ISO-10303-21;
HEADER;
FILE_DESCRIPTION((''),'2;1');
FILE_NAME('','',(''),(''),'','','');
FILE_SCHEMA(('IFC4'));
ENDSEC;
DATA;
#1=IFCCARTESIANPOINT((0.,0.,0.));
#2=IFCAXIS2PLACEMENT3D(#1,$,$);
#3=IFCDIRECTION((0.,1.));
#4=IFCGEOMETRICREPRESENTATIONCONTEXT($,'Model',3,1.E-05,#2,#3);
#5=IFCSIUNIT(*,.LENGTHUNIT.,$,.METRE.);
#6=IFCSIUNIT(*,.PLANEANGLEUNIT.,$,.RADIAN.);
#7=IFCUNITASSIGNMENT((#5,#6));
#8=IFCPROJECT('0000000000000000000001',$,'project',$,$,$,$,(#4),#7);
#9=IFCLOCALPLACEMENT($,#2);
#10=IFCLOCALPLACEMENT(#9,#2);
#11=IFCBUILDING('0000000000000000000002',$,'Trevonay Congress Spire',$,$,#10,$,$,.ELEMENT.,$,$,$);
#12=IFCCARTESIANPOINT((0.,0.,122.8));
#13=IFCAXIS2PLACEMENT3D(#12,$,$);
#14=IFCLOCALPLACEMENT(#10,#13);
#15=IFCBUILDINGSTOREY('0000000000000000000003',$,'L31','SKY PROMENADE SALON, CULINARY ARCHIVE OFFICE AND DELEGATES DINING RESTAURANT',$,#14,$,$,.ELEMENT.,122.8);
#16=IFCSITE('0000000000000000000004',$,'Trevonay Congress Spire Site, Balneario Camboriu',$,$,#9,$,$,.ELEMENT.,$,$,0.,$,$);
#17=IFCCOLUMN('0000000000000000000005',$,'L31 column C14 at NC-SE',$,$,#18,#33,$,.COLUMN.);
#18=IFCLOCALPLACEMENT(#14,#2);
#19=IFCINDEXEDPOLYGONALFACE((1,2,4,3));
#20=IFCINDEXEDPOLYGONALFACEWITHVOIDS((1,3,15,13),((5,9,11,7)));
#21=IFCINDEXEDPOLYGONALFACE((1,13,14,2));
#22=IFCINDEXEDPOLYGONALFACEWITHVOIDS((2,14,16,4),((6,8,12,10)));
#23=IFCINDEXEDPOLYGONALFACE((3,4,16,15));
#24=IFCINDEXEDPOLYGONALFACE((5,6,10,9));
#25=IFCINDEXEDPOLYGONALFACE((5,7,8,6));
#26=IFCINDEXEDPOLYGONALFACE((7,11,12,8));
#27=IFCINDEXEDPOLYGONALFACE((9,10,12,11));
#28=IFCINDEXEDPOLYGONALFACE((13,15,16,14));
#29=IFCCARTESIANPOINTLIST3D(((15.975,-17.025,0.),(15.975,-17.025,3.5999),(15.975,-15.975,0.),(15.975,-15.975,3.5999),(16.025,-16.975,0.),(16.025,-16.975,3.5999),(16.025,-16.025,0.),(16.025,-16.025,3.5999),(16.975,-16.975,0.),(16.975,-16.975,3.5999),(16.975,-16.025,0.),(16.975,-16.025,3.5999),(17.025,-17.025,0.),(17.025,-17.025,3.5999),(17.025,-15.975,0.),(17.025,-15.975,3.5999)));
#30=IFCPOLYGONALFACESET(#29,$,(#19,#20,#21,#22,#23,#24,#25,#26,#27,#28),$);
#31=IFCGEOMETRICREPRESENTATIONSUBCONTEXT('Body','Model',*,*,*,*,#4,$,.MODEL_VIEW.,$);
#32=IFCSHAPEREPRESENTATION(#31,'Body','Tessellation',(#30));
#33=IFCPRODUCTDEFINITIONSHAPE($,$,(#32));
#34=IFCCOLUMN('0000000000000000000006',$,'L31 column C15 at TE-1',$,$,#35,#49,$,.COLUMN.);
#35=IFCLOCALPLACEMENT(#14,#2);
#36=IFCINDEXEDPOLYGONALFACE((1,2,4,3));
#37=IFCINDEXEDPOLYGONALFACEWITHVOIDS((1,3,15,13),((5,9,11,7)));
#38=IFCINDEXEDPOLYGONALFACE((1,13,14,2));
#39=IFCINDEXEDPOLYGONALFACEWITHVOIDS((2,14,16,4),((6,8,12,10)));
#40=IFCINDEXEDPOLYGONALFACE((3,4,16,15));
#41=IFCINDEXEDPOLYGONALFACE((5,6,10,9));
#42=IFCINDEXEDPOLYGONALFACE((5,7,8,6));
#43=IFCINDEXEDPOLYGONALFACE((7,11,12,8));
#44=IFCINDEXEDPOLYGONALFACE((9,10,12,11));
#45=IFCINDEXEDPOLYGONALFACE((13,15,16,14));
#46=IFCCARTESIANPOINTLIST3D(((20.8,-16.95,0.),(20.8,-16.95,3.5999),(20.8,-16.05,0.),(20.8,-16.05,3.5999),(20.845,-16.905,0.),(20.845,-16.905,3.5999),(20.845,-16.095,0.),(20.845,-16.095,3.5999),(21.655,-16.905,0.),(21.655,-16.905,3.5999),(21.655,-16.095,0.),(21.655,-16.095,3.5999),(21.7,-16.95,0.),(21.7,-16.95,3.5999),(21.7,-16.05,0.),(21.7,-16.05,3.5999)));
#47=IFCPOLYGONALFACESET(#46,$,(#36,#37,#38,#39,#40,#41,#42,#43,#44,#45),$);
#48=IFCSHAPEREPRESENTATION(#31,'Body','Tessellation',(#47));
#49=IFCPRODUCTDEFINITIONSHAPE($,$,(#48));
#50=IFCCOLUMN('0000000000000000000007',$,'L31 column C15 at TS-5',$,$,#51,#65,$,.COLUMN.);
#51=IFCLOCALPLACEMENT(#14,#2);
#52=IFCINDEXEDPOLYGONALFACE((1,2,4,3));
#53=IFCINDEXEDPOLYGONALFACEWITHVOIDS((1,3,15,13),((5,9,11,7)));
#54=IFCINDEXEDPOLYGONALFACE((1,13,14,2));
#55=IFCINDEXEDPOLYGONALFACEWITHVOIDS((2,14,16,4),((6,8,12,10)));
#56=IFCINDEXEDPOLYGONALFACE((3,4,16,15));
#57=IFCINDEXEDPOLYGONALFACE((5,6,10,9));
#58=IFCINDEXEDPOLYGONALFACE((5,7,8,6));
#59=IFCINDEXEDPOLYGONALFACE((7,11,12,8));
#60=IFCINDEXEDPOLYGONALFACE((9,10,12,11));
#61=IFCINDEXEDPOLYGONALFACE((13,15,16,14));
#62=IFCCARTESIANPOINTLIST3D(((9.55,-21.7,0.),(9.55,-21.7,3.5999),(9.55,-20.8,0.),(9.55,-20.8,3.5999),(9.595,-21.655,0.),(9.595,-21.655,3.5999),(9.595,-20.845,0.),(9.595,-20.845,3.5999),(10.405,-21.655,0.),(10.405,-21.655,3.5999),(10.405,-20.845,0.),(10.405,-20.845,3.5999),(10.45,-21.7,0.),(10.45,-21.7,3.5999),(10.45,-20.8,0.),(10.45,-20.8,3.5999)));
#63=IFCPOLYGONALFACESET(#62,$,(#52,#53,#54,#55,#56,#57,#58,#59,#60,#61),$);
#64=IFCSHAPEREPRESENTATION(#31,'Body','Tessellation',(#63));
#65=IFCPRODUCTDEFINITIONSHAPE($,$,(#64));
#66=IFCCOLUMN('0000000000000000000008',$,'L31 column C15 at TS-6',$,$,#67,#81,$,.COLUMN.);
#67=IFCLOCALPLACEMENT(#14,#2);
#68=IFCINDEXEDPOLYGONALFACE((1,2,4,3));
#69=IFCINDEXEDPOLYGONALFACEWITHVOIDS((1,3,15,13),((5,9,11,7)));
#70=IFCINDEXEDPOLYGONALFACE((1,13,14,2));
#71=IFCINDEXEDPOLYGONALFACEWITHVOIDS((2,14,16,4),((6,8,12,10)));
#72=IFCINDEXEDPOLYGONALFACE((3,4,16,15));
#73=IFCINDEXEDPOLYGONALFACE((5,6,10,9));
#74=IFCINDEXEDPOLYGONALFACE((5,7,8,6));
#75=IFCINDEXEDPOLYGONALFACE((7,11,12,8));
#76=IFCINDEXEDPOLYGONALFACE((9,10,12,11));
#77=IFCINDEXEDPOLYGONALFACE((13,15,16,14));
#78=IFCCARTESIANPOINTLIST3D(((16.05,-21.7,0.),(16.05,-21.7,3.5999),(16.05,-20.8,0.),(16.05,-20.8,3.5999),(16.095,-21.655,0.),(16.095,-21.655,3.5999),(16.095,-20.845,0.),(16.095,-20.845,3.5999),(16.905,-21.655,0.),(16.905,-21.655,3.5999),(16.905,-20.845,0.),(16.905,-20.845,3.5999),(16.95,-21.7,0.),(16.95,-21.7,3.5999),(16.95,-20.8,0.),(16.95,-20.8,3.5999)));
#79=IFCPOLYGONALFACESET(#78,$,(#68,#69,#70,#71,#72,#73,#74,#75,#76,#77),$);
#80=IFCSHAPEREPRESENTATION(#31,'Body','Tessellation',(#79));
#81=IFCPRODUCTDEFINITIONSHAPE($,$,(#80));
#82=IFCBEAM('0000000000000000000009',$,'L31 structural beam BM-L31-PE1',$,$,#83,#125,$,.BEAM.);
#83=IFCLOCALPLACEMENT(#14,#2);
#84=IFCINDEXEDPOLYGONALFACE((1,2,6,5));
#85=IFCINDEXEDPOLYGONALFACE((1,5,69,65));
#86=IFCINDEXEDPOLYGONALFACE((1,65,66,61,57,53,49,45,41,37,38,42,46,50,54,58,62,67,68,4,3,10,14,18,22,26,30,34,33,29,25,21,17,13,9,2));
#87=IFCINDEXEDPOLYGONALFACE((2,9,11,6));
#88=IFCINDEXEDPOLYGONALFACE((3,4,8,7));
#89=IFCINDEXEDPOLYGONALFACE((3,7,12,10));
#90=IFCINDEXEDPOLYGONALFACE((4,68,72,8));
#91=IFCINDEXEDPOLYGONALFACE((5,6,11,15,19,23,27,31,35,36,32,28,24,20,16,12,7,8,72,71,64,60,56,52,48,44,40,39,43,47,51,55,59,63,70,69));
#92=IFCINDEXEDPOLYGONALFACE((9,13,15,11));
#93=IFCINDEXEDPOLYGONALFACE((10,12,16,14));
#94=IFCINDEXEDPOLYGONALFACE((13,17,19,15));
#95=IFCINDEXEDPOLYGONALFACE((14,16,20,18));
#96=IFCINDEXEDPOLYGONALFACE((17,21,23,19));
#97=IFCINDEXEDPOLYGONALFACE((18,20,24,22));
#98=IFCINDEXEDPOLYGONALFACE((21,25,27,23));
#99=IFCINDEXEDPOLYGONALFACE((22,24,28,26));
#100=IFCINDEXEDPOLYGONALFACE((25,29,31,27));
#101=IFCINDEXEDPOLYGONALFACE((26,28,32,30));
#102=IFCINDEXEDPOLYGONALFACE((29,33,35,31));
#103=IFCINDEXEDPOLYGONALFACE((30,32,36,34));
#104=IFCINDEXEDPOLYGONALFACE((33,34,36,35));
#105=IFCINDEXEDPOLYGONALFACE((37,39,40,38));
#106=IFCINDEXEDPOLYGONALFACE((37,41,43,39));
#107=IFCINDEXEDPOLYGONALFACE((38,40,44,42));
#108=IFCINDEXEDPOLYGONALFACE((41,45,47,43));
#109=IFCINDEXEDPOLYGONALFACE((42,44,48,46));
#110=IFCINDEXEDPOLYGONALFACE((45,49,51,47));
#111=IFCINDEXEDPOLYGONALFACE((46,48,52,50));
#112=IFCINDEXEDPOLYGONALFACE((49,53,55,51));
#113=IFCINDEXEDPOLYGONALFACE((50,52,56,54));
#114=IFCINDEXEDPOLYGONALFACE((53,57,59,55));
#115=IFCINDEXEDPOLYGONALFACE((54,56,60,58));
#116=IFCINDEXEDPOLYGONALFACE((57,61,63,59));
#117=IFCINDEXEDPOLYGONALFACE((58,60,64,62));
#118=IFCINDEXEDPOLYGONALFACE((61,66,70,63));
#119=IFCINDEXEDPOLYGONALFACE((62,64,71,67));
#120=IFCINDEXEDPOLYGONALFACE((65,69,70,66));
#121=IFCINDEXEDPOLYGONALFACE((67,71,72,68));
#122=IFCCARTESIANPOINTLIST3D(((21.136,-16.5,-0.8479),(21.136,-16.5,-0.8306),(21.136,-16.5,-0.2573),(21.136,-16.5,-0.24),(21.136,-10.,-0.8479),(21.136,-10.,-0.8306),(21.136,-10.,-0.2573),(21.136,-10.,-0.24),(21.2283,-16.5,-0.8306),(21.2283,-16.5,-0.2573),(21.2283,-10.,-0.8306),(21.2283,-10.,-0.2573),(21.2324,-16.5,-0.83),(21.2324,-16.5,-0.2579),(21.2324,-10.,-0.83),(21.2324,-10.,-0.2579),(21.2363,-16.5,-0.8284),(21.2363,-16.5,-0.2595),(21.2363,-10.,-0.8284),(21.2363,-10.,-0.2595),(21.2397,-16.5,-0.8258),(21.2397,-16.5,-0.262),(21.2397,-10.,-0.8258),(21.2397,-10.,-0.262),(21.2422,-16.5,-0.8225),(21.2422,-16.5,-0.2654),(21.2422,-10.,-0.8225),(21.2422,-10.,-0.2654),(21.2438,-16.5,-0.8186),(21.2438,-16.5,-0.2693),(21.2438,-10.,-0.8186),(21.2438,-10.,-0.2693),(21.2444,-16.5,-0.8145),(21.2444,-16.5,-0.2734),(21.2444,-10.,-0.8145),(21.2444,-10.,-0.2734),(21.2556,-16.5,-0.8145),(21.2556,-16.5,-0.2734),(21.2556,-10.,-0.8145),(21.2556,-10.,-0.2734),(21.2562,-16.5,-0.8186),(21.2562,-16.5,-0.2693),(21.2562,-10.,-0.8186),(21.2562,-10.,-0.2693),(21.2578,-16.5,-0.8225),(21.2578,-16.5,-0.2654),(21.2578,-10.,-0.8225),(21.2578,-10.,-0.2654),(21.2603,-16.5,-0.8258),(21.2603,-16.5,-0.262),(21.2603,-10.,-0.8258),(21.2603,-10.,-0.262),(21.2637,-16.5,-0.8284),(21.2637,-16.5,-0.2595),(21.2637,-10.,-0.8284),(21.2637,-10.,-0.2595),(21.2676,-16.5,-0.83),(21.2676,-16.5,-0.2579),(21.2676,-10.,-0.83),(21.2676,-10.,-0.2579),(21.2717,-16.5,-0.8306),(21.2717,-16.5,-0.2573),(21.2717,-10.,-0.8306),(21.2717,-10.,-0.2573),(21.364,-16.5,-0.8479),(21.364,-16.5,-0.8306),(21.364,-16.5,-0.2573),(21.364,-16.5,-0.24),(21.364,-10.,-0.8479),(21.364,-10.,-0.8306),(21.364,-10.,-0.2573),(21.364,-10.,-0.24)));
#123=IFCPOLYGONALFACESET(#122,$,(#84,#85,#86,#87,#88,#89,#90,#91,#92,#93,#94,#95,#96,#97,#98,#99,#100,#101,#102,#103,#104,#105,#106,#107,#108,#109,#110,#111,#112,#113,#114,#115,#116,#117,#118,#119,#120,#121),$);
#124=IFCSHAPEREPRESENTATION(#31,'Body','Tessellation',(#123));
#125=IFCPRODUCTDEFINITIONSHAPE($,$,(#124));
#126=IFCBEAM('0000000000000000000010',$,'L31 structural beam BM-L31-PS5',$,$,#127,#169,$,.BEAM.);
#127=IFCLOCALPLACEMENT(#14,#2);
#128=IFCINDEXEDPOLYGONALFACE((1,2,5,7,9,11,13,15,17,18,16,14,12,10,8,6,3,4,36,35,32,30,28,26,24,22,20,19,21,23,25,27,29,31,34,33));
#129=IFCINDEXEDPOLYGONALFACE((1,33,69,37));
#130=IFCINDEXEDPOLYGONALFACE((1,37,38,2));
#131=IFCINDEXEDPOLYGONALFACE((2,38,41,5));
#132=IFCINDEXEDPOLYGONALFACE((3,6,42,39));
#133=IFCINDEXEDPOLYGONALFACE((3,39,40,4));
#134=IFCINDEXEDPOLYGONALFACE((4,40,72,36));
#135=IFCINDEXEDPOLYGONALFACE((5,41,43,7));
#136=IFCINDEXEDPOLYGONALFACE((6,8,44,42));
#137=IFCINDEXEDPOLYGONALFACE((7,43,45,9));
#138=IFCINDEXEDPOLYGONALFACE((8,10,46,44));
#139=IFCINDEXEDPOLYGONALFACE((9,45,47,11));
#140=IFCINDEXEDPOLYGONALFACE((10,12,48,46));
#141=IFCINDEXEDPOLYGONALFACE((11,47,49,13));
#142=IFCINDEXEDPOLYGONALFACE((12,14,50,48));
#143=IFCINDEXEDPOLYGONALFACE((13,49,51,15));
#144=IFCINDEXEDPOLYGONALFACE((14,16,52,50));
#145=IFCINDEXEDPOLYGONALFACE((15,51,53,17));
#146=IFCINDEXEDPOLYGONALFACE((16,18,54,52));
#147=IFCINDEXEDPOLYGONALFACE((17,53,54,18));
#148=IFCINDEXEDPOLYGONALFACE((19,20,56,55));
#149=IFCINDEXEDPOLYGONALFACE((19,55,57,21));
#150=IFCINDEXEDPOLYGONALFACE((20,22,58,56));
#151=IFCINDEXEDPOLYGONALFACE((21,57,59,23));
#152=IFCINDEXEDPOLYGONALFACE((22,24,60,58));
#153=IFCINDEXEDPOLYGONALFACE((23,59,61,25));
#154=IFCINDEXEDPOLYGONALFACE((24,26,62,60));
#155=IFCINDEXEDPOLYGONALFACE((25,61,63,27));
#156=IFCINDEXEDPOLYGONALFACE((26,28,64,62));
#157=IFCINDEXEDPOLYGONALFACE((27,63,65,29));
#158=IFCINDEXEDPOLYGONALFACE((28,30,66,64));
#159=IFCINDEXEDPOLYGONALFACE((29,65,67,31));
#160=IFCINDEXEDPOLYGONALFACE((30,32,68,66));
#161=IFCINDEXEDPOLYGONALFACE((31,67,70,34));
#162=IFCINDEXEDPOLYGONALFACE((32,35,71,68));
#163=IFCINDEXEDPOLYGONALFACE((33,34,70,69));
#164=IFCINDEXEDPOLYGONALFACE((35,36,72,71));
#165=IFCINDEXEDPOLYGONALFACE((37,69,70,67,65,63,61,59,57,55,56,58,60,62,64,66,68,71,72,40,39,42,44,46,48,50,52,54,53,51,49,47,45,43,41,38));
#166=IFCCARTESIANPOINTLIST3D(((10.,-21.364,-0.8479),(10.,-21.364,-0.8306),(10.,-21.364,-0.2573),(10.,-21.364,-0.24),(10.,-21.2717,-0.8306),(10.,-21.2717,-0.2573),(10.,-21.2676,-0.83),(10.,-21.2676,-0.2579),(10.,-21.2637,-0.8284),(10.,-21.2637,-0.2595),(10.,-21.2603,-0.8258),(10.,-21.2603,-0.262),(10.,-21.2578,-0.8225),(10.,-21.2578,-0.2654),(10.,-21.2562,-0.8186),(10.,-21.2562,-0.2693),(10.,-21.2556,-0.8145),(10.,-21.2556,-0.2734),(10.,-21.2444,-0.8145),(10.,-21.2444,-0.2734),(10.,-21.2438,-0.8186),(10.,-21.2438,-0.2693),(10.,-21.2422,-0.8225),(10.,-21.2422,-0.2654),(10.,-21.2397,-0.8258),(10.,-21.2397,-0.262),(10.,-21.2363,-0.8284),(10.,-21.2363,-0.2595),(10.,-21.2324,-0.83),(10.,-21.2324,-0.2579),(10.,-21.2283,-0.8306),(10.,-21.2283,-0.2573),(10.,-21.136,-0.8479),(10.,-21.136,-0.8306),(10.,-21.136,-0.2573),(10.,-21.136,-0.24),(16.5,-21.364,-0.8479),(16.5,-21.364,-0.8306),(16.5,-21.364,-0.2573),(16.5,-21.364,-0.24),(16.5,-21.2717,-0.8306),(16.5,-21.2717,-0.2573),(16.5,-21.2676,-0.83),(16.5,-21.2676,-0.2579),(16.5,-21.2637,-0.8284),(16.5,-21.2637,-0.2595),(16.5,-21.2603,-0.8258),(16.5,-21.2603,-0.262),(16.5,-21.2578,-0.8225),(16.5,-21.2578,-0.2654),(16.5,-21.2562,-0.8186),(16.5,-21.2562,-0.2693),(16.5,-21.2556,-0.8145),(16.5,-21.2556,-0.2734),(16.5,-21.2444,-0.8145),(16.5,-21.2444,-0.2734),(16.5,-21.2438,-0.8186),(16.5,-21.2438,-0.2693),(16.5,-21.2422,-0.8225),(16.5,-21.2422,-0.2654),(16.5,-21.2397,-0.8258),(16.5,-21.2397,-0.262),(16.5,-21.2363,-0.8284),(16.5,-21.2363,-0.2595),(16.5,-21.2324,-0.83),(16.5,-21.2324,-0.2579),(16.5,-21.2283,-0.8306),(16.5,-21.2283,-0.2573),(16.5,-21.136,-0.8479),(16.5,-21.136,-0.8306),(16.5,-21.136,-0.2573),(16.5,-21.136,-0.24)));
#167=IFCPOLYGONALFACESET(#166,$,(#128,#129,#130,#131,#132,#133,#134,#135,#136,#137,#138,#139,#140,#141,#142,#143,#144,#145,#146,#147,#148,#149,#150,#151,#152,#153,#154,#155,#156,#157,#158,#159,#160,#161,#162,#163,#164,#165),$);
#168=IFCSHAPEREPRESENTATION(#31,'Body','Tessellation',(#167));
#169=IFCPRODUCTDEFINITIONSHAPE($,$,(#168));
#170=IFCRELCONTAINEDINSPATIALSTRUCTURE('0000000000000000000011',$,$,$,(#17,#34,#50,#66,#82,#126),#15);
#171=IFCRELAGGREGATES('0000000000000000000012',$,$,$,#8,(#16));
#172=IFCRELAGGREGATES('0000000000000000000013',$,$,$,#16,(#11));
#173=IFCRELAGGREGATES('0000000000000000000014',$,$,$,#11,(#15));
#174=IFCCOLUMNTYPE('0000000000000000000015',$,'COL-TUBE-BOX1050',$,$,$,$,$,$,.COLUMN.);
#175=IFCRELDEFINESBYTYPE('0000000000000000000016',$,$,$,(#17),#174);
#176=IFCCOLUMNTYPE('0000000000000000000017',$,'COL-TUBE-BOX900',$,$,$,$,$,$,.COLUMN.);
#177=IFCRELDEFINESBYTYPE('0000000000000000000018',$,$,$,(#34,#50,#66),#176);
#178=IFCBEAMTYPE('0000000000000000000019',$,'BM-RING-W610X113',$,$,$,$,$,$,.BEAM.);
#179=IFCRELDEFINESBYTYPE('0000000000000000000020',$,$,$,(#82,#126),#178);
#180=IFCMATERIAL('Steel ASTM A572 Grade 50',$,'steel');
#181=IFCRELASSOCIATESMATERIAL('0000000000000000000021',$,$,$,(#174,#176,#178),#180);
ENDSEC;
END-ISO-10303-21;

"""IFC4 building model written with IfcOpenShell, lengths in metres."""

from ifc_helpers import new_model, si_unit, direction, frame, origin, origin_2d, place, context, subcontext, project, spatial, hollow_rectangle, i_section, extrude, material, material_profile, profile_set, type_object, element, save


model = new_model("IFC4")

# Units and contexts
model_context = context("Model", 3, precision=1e-05, world=origin(), true_north=direction((0.0, 1.0)))
body_context = subcontext(model_context, "Body", "Model", "MODEL_VIEW")
ifc_project = project(units=[si_unit("LENGTHUNIT", "METRE"), si_unit("PLANEANGLEUNIT", "RADIAN")], contexts=[model_context])

# Site, building, storey
site_placement = place(None, origin())
site = spatial("IfcSite", under=ifc_project, at=site_placement, Name="Trevonay Congress Spire Site, Balneario Camboriu", CompositionType="ELEMENT", RefElevation=0.0)
building_placement = place(site_placement, origin())
building = spatial("IfcBuilding", under=site, at=building_placement, Name="Trevonay Congress Spire", CompositionType="ELEMENT")
storey_placement = place(building_placement, frame((0.0, 0.0, 122.8)))
storey = spatial("IfcBuildingStorey", under=building, at=storey_placement, Name="L31", Description="SKY PROMENADE SALON, CULINARY ARCHIVE OFFICE AND DELEGATES DINING RESTAURANT", CompositionType="ELEMENT", Elevation=122.8)

# Columns
ifc_material_1 = material(Name="Steel ASTM A572 Grade 50", Category="steel")
ifc_material_profile_1 = material_profile(ifc_material_1, hollow_rectangle(XDim=1.05, YDim=1.05, WallThickness=0.05, at=origin_2d()), Name="BOX 1050x1050x50")
ifc_profile_set_1 = profile_set([ifc_material_profile_1], Name="Steel ASTM A572 Grade 50")
column_type_1 = type_object("IfcColumnType", Name="COL-TUBE-BOX1050", PredefinedType="COLUMN", material=ifc_profile_set_1)
column_placement = place(storey_placement, frame((16.5, -16.5, 0.0), z_axis=(0.0, 0.0, 1.0), x_axis=(1.0, 0.0, 0.0)))
element("IfcColumn", 1, at=column_placement, inside=storey, type_object=column_type_1, Name="L31 column C14 at NC-SE", PredefinedType="COLUMN", context=body_context, shape_type="SweptSolid", body=[
    extrude(hollow_rectangle(XDim=1.05, YDim=1.05, WallThickness=0.05, at=origin_2d()), origin(), (0.0, 0.0, 1.0), 3.5999),
])
ifc_material_profile_2 = material_profile(ifc_material_1, hollow_rectangle(XDim=0.8999, YDim=0.8999, WallThickness=0.0449, at=origin_2d()), Name="BOX 900x900x45")
ifc_profile_set_2 = profile_set([ifc_material_profile_2], Name="Steel ASTM A572 Grade 50")
column_type_2 = type_object("IfcColumnType", Name="COL-TUBE-BOX900", PredefinedType="COLUMN", material=ifc_profile_set_2)
for number, where, z_axis, x_axis, name in (
    (2, (21.25, -16.5, 0.0), (0.0, 0.0, 1.0), (1.0, 0.0, 0.0), "L31 column C15 at TE-1"),
    (3, (10.0, -21.25, 0.0), (0.0, 0.0, 1.0), (1.0, 0.0, 0.0), "L31 column C15 at TS-5"),
    (4, (16.5, -21.25, 0.0), (0.0, 0.0, 1.0), (1.0, 0.0, 0.0), "L31 column C15 at TS-6"),
):
    element("IfcColumn", number, at=place(storey_placement, frame(where, z_axis=z_axis, x_axis=x_axis)), inside=storey, type_object=column_type_2, Name=name, PredefinedType="COLUMN", context=body_context, shape_type="SweptSolid", body=[
        extrude(hollow_rectangle(XDim=0.8999, YDim=0.8999, WallThickness=0.0449, at=origin_2d()), origin(), (0.0, 0.0, 1.0), 3.5999),
    ])

# Beams
ifc_material_profile_3 = material_profile(ifc_material_1, i_section(OverallWidth=0.228, OverallDepth=0.6079, WebThickness=0.0112, FlangeThickness=0.0173, FilletRadius=0.0161, at=origin_2d()), Name="W610x113")
ifc_profile_set_3 = profile_set([ifc_material_profile_3], Name="Steel ASTM A572 Grade 50")
beam_type_1 = type_object("IfcBeamType", Name="BM-RING-W610X113", PredefinedType="BEAM", material=ifc_profile_set_3)
for number, where, z_axis, x_axis, name in (
    (5, (21.25, -16.5, -0.5439), (0.0, 1.0, 0.0), (-1.0, 0.0, 0.0), "L31 structural beam BM-L31-PE1"),
    (6, (10.0, -21.25, -0.5439), (1.0, 0.0, 0.0), (0.0, 1.0, 0.0), "L31 structural beam BM-L31-PS5"),
):
    element("IfcBeam", number, at=place(storey_placement, frame(where, z_axis=z_axis, x_axis=x_axis)), inside=storey, type_object=beam_type_1, Name=name, PredefinedType="BEAM", context=body_context, shape_type="SweptSolid", body=[
        extrude(i_section(OverallWidth=0.228, OverallDepth=0.6079, WebThickness=0.0112, FlangeThickness=0.0173, FilletRadius=0.0161, at=origin_2d()), origin(), (0.0, 0.0, 1.0), 6.5),
    ])

save(model, "model.ifc")
